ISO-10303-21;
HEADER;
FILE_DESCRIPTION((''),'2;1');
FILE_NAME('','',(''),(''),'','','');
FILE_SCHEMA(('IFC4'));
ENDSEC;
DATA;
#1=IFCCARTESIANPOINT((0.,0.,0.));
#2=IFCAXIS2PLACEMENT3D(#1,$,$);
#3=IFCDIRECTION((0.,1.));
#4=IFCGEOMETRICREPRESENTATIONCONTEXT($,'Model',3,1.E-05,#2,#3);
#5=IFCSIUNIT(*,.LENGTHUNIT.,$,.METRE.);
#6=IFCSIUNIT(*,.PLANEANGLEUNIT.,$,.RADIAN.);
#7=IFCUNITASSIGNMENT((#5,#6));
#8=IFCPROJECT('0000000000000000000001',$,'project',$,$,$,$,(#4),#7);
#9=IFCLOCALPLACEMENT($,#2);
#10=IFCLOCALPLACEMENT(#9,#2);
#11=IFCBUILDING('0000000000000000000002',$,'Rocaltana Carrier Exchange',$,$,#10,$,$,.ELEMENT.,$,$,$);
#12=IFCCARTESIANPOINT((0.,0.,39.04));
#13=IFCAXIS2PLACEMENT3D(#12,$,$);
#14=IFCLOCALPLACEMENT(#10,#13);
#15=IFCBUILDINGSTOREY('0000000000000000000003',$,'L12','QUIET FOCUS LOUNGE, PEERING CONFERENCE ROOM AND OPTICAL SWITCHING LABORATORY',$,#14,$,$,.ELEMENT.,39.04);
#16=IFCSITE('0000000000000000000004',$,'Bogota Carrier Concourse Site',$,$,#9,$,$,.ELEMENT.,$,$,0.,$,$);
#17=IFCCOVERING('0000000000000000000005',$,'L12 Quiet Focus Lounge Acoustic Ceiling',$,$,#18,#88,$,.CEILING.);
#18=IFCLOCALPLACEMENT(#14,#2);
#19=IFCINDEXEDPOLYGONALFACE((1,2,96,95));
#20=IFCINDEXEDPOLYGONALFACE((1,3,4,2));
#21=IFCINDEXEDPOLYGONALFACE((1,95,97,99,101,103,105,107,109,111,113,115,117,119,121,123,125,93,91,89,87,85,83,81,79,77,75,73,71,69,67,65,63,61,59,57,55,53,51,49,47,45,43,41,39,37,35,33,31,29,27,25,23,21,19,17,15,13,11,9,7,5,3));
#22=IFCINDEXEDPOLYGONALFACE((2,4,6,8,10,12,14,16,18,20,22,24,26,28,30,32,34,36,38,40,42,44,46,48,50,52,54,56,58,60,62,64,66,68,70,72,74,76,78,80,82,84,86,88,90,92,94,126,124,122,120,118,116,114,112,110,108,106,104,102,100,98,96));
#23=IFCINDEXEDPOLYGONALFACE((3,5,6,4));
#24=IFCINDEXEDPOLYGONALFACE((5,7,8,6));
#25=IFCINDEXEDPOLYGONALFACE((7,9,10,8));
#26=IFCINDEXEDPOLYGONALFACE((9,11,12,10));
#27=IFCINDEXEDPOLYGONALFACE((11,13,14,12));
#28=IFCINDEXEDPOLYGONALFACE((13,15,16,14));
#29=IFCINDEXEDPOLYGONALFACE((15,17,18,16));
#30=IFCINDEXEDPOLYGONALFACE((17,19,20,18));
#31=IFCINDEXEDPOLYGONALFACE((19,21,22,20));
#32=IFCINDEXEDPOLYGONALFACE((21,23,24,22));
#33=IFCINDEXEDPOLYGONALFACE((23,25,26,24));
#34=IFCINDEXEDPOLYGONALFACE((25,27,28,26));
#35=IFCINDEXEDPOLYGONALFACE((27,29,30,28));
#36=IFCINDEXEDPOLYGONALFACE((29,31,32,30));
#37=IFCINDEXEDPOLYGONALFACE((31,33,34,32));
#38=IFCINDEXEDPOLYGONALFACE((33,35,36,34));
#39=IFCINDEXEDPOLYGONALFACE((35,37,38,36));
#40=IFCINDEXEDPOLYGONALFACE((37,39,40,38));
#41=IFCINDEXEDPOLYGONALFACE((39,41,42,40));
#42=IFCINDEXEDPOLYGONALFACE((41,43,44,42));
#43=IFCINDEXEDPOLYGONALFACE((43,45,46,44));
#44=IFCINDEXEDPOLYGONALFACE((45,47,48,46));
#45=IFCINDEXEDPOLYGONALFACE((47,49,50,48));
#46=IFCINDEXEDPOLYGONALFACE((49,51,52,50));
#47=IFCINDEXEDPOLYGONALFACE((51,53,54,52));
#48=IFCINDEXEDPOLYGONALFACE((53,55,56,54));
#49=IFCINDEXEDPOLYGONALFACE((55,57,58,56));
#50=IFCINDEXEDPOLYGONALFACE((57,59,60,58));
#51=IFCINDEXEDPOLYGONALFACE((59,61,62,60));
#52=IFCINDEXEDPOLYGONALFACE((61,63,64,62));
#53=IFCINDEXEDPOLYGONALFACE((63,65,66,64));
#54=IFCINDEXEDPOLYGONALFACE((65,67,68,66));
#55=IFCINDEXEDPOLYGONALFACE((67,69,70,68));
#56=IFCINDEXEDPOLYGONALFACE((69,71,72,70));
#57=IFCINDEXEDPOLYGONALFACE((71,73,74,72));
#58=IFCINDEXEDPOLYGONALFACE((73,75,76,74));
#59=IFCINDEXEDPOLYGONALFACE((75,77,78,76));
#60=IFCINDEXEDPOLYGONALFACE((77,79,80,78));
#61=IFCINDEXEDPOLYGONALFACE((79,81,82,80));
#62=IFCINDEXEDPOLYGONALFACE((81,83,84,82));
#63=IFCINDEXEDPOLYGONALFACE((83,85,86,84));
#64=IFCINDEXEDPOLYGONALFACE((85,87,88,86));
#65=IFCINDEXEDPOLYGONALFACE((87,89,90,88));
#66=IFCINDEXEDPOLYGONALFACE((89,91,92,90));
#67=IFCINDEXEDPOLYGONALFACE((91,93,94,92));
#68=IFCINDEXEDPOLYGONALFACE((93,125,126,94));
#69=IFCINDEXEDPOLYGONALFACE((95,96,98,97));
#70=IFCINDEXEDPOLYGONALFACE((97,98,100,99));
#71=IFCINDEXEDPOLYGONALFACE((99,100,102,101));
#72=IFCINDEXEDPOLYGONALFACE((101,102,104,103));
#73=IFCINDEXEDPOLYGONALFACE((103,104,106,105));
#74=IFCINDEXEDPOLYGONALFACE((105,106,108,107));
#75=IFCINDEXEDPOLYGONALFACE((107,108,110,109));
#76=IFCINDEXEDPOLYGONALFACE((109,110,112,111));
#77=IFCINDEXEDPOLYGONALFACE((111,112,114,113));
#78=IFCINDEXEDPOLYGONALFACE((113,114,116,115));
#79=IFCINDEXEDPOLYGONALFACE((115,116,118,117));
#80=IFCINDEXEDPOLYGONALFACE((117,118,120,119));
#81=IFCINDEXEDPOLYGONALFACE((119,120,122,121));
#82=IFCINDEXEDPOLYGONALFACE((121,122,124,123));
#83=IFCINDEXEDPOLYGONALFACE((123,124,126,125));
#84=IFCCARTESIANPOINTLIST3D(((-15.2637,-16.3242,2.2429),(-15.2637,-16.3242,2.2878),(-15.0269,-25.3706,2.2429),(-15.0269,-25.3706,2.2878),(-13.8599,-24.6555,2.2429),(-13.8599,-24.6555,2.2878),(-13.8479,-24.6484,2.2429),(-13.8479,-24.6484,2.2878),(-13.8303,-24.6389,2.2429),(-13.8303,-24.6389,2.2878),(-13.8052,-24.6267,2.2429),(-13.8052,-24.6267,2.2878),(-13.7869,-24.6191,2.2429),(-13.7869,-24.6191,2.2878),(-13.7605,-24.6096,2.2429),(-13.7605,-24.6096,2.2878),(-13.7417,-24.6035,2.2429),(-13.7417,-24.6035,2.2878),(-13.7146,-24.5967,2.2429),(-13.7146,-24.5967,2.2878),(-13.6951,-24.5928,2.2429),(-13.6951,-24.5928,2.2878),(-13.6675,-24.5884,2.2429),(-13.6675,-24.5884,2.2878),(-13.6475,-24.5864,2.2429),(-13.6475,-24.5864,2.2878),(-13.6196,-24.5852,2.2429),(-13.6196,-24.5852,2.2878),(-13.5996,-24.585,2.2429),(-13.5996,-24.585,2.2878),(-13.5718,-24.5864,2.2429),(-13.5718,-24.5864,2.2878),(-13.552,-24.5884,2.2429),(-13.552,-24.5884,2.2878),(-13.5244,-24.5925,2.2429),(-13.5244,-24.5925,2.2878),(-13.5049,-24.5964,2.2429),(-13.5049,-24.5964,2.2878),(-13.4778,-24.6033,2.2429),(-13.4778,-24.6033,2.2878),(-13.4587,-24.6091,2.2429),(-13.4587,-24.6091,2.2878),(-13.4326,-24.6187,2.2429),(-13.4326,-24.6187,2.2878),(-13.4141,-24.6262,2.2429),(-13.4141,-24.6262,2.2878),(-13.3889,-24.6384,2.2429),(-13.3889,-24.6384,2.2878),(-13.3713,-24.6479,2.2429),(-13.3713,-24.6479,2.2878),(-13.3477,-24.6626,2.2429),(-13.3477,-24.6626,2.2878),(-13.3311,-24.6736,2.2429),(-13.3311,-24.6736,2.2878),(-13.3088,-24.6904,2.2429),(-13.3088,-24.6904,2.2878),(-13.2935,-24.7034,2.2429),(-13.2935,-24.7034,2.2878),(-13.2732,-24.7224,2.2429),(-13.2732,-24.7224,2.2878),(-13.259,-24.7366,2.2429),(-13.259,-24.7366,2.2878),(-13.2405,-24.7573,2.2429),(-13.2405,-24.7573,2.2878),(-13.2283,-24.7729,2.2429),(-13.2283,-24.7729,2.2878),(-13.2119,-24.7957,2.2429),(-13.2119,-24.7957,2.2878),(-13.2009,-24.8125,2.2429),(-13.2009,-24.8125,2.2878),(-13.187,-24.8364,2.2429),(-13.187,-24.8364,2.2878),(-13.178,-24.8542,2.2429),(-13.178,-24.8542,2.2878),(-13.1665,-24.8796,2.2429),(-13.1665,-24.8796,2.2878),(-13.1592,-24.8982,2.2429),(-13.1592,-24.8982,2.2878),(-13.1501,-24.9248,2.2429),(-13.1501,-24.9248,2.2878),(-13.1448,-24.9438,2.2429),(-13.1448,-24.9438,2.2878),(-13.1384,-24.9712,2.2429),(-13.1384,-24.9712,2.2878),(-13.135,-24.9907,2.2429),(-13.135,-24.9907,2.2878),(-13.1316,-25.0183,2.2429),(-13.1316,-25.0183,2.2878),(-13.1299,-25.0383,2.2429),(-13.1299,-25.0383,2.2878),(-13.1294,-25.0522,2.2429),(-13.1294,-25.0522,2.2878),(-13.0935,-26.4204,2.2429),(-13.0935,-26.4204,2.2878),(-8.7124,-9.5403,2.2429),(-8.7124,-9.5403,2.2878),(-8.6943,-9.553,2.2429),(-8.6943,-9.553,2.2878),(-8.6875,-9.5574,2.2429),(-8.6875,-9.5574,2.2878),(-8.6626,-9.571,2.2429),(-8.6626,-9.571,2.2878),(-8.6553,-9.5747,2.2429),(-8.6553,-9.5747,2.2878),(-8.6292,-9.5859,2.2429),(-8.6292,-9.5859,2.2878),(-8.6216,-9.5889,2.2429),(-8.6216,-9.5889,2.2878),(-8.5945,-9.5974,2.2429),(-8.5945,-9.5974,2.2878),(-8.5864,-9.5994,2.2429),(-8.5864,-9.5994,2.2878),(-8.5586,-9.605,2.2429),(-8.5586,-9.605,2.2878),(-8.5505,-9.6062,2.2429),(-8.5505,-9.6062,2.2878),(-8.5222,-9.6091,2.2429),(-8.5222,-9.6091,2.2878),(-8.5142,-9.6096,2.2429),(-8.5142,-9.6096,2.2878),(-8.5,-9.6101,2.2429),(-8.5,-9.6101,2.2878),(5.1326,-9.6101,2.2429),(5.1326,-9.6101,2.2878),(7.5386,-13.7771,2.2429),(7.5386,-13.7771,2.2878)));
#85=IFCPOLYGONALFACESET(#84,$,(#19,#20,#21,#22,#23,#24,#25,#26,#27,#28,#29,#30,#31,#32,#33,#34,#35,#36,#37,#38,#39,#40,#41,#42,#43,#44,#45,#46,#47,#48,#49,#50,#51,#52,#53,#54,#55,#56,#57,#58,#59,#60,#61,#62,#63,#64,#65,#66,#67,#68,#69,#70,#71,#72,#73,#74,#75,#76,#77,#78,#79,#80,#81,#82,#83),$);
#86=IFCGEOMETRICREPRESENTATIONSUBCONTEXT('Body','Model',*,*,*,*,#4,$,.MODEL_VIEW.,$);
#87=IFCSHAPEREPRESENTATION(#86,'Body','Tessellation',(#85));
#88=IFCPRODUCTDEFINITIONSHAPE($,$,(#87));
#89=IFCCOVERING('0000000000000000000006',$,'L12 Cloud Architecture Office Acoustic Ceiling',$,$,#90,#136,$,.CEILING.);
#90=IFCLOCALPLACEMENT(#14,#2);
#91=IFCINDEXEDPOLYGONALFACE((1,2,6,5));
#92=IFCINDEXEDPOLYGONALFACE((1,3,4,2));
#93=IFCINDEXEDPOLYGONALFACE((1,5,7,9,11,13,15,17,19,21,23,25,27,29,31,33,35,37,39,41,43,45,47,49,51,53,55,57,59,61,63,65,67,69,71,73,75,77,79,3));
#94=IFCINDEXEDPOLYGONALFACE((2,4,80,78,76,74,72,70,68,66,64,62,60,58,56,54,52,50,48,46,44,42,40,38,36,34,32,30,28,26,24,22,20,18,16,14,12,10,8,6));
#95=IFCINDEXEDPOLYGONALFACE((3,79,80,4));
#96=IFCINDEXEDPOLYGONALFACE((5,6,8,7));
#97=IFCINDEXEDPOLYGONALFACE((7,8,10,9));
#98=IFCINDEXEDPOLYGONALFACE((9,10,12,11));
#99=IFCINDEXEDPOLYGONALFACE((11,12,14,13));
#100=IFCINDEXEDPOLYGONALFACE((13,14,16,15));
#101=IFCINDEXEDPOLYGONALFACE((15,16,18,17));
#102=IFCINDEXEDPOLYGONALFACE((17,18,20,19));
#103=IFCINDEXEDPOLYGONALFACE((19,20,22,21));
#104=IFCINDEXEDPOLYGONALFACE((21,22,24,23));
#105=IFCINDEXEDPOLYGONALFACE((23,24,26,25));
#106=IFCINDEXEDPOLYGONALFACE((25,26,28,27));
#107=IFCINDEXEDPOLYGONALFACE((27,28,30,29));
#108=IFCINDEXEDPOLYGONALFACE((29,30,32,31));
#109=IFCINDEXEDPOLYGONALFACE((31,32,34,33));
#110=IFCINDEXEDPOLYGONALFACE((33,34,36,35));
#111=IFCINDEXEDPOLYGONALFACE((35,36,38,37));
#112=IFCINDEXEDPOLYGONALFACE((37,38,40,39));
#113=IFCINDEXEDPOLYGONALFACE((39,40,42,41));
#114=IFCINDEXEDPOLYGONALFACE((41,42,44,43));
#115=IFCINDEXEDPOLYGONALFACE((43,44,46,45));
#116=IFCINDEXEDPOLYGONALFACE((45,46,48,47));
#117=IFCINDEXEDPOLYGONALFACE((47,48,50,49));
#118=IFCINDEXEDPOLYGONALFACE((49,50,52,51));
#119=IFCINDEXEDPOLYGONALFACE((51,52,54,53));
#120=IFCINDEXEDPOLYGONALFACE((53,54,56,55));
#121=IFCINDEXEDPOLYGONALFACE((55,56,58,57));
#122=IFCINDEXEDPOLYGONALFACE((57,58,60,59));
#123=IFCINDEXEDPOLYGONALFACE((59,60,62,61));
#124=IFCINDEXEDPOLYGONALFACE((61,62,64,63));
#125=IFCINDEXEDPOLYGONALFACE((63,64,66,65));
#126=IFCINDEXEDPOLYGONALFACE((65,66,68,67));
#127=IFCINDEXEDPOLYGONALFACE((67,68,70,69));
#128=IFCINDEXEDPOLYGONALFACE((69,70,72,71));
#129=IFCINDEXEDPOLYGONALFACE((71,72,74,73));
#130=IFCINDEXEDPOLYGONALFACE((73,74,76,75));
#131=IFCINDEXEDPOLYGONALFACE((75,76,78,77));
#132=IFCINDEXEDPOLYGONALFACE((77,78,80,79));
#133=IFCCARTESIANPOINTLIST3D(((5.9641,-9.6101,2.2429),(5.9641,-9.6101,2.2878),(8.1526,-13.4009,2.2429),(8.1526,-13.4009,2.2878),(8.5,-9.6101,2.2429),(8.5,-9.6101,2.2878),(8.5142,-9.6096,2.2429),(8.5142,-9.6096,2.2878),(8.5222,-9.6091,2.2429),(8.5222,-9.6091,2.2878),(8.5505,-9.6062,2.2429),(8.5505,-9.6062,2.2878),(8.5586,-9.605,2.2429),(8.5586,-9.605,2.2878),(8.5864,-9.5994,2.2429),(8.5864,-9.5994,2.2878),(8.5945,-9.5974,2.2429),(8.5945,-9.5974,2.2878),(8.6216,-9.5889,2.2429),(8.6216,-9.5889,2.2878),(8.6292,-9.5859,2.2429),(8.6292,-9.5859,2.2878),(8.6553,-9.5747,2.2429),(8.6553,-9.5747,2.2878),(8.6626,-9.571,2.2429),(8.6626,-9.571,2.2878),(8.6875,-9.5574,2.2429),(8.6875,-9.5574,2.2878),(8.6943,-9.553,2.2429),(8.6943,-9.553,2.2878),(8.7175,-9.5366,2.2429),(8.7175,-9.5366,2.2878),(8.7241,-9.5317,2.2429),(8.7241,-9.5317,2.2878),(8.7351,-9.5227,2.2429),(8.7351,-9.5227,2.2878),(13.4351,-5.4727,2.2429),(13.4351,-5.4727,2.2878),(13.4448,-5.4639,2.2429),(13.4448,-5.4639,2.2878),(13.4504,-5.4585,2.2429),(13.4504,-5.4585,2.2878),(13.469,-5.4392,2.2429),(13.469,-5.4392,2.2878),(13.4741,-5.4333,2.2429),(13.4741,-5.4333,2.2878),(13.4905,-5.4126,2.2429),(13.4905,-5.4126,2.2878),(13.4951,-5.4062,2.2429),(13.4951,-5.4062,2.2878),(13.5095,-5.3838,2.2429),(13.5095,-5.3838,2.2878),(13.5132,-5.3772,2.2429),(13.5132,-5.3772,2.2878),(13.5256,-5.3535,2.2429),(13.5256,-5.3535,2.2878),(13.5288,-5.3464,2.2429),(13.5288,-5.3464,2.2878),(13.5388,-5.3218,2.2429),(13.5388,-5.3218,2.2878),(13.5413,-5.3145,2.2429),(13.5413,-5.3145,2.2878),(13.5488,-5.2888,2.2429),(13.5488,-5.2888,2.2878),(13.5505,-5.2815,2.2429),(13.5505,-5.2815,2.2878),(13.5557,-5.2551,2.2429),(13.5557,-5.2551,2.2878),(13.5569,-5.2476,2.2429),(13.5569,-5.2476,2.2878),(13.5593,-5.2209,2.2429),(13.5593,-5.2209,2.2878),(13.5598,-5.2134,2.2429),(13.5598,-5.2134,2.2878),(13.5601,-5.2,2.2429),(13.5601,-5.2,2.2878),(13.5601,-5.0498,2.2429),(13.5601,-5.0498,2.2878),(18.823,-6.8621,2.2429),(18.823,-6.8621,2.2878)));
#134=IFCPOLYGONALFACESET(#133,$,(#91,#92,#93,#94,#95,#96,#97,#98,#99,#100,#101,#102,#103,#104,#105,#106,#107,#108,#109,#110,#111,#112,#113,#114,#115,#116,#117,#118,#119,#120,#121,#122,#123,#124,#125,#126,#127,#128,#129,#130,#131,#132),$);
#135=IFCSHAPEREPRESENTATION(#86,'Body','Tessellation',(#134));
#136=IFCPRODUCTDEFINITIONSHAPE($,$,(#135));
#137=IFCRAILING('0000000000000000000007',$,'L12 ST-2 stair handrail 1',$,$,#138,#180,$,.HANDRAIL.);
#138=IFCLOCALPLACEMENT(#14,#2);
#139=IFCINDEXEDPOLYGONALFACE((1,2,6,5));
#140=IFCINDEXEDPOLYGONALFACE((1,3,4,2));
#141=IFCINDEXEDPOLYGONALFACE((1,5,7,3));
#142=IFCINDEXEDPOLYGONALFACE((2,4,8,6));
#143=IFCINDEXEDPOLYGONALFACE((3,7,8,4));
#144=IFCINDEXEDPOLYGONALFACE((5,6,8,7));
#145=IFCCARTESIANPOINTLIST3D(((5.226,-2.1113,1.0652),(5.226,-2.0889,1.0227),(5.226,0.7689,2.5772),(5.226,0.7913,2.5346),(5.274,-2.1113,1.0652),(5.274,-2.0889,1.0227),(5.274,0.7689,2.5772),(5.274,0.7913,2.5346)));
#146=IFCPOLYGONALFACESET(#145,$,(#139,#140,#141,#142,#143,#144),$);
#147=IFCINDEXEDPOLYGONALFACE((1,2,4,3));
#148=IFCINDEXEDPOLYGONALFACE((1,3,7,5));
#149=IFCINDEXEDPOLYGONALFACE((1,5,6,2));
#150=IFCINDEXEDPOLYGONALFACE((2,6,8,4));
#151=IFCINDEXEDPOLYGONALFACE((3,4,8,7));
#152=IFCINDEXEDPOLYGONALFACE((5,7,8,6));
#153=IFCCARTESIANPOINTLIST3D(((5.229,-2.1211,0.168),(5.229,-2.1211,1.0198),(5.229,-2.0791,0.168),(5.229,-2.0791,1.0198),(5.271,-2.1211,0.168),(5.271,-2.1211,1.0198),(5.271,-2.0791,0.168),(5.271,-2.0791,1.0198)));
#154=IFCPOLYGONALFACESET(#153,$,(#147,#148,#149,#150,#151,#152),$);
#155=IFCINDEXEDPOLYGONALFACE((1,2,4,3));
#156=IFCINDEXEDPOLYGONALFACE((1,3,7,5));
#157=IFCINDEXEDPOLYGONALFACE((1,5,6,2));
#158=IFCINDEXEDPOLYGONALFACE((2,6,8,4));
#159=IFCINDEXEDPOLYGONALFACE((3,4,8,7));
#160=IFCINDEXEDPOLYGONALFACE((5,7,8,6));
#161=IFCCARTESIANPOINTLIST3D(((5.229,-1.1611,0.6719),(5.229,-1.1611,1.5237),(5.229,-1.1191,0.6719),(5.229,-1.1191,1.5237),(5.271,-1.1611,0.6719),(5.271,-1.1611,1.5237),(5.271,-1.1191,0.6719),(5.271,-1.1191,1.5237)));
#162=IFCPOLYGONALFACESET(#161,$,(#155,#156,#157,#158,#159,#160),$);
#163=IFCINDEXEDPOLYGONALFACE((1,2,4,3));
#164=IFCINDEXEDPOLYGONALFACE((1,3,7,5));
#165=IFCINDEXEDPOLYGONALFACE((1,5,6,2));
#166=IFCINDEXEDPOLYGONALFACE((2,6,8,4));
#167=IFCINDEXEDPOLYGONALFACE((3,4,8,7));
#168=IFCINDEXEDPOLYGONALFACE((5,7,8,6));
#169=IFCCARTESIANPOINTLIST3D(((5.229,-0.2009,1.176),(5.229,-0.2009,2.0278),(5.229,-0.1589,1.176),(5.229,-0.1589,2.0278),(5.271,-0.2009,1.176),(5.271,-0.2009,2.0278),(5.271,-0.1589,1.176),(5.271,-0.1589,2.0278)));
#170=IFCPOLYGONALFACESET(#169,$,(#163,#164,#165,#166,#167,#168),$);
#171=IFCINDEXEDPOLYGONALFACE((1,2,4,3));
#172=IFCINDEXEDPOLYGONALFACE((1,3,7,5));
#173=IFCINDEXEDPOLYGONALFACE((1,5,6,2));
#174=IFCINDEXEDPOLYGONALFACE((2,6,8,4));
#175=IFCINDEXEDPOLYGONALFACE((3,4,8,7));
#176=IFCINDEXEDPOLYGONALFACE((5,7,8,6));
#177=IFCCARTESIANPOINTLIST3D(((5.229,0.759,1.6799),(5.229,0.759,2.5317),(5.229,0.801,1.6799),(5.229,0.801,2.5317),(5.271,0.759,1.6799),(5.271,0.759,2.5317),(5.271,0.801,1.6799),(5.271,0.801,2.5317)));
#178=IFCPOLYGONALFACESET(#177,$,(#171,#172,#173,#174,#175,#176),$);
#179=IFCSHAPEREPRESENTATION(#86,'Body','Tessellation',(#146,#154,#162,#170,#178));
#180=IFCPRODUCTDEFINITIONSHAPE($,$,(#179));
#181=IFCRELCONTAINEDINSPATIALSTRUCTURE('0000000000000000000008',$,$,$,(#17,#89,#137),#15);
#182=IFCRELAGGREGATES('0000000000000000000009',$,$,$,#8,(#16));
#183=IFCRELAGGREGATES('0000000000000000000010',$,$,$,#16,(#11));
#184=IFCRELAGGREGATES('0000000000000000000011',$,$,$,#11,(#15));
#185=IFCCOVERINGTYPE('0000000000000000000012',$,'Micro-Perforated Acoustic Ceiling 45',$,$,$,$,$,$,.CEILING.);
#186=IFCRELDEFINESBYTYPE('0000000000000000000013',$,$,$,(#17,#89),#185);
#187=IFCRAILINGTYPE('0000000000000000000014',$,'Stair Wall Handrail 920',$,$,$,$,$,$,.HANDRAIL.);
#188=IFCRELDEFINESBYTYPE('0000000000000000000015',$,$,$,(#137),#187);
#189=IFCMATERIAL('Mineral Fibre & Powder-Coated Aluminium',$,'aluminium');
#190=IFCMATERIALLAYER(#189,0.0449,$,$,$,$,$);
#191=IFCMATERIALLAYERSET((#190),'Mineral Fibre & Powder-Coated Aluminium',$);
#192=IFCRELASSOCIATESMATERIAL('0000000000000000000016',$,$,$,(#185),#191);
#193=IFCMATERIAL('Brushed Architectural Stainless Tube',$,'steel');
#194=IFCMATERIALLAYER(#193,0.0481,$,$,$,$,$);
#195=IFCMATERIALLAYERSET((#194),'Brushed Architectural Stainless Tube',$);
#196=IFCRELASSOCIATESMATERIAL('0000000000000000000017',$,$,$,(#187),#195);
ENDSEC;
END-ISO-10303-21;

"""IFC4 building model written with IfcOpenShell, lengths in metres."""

from ifc_helpers import new_model, si_unit, direction, frame, origin, origin_2d, place, context, subcontext, project, spatial, polyline, rectangle, outline, extrude, material, layer, layer_set, type_object, element, save


model = new_model("IFC4")

# Units and contexts
model_context = context("Model", 3, precision=1e-05, world=origin(), true_north=direction((0.0, 1.0)))
body_context = subcontext(model_context, "Body", "Model", "MODEL_VIEW")
ifc_project = project(units=[si_unit("LENGTHUNIT", "METRE"), si_unit("PLANEANGLEUNIT", "RADIAN")], contexts=[model_context])

# Site, building, storey
site_placement = place(None, origin())
site = spatial("IfcSite", under=ifc_project, at=site_placement, Name="Bogota Carrier Concourse Site", CompositionType="ELEMENT", RefElevation=0.0)
building_placement = place(site_placement, origin())
building = spatial("IfcBuilding", under=site, at=building_placement, Name="Rocaltana Carrier Exchange", CompositionType="ELEMENT")
storey_placement = place(building_placement, frame((0.0, 0.0, 39.04)))
storey = spatial("IfcBuildingStorey", under=building, at=storey_placement, Name="L12", Description="QUIET FOCUS LOUNGE, PEERING CONFERENCE ROOM AND OPTICAL SWITCHING LABORATORY", CompositionType="ELEMENT", Elevation=39.04)

# Coverings
ifc_material_1 = material(Name="Mineral Fibre & Powder-Coated Aluminium", Category="aluminium")
ifc_layer_1 = layer(ifc_material_1, 0.0449)
ifc_layer_set_1 = layer_set([ifc_layer_1], Name="Mineral Fibre & Powder-Coated Aluminium")
covering_type_1 = type_object("IfcCoveringType", Name="Micro-Perforated Acoustic Ceiling 45", PredefinedType="CEILING", material=ifc_layer_set_1)
covering_1_placement = place(storey_placement, frame((0.0, 0.0, 2.2429)))
element("IfcCovering", 1, at=covering_1_placement, inside=storey, type_object=covering_type_1, Name="L12 Quiet Focus Lounge Acoustic Ceiling", PredefinedType="CEILING", context=body_context, shape_type="SweptSolid", body=[
    extrude(outline(polyline([(-13.1294, -25.0522), (-13.1299, -25.0383), (-13.1316, -25.0183), (-13.135, -24.9907), (-13.1384, -24.9712), (-13.1448, -24.9438), (-13.1501, -24.9248), (-13.1592, -24.8982), (-13.1665, -24.8796), (-13.178, -24.8542), (-13.187, -24.8364), (-13.2009, -24.8125), (-13.2119, -24.7957), (-13.2283, -24.7729), (-13.2405, -24.7573), (-13.259, -24.7366), (-13.2732, -24.7224), (-13.2935, -24.7034), (-13.3088, -24.6904), (-13.3311, -24.6736), (-13.3477, -24.6626), (-13.3713, -24.6479), (-13.3889, -24.6384), (-13.4141, -24.6262), (-13.4326, -24.6187), (-13.4587, -24.6091), (-13.4778, -24.6033), (-13.5049, -24.5964), (-13.5244, -24.5925), (-13.552, -24.5884), (-13.5718, -24.5864), (-13.5996, -24.585), (-13.6196, -24.5852), (-13.6475, -24.5864), (-13.6675, -24.5884), (-13.6951, -24.5928), (-13.7146, -24.5967), (-13.7417, -24.6035), (-13.7605, -24.6096), (-13.7869, -24.6191), (-13.8052, -24.6267), (-13.8303, -24.6389), (-13.8479, -24.6484), (-13.8599, -24.6555), (-15.0269, -25.3706), (-15.2637, -16.3242), (-8.7124, -9.5403), (-8.6943, -9.553), (-8.6875, -9.5574), (-8.6626, -9.571), (-8.6553, -9.5747), (-8.6292, -9.5859), (-8.6216, -9.5889), (-8.5945, -9.5974), (-8.5864, -9.5994), (-8.5586, -9.605), (-8.5505, -9.6062), (-8.5222, -9.6091), (-8.5142, -9.6096), (-8.5, -9.6101), (5.1326, -9.6101), (7.5386, -13.7771), (-13.0935, -26.4204), (-13.1294, -25.0522)])), origin(), (0.0, 0.0, 1.0), 0.0449),
])
covering_2_placement = place(storey_placement, frame((0.0, 0.0, 2.2429)))
element("IfcCovering", 2, at=covering_2_placement, inside=storey, type_object=covering_type_1, Name="L12 Cloud Architecture Office Acoustic Ceiling", PredefinedType="CEILING", context=body_context, shape_type="SweptSolid", body=[
    extrude(outline(polyline([(8.1526, -13.4009), (5.9641, -9.6101), (8.5, -9.6101), (8.5142, -9.6096), (8.5222, -9.6091), (8.5505, -9.6062), (8.5586, -9.605), (8.5864, -9.5994), (8.5945, -9.5974), (8.6216, -9.5889), (8.6292, -9.5859), (8.6553, -9.5747), (8.6626, -9.571), (8.6875, -9.5574), (8.6943, -9.553), (8.7175, -9.5366), (8.7241, -9.5317), (8.7351, -9.5227), (13.4351, -5.4727), (13.4448, -5.4639), (13.4504, -5.4585), (13.469, -5.4392), (13.4741, -5.4333), (13.4905, -5.4126), (13.4951, -5.4062), (13.5095, -5.3838), (13.5132, -5.3772), (13.5256, -5.3535), (13.5288, -5.3464), (13.5388, -5.3218), (13.5413, -5.3145), (13.5488, -5.2888), (13.5505, -5.2815), (13.5557, -5.2551), (13.5569, -5.2476), (13.5593, -5.2209), (13.5598, -5.2134), (13.5601, -5.2), (13.5601, -5.0498), (18.823, -6.8621), (8.1526, -13.4009)])), origin(), (0.0, 0.0, 1.0), 0.0449),
])

# Railing
ifc_material_2 = material(Name="Brushed Architectural Stainless Tube", Category="steel")
ifc_layer_2 = layer(ifc_material_2, 0.0481)
ifc_layer_set_2 = layer_set([ifc_layer_2], Name="Brushed Architectural Stainless Tube")
railing_type_1 = type_object("IfcRailingType", Name="Stair Wall Handrail 920", PredefinedType="HANDRAIL", material=ifc_layer_set_2)
railing_1_placement = place(storey_placement, frame((5.25, -2.1001, 0.168)))
element("IfcRailing", 3, at=railing_1_placement, inside=storey, type_object=railing_type_1, Name="L12 ST-2 stair handrail 1", PredefinedType="HANDRAIL", context=body_context, shape_type="SweptSolid", body=[
    extrude(rectangle(XDim=0.0481, YDim=0.0481, at=origin_2d()), frame((0.0, 0.0, 0.876), z_axis=(0.0, 0.885411, 0.464809), x_axis=(-1.0, 0.0, 0.0)), (0.0, 0.0, 1.0), 3.2529),
    extrude(rectangle(XDim=0.042, YDim=0.042, at=origin_2d()), origin(), (0.0, 0.0, 1.0), 0.8518),
    extrude(rectangle(XDim=0.042, YDim=0.042, at=origin_2d()), frame((0.0, 0.96, 0.5039)), (0.0, 0.0, 1.0), 0.8518),
    extrude(rectangle(XDim=0.042, YDim=0.042, at=origin_2d()), frame((0.0, 1.9202, 1.0081)), (0.0, 0.0, 1.0), 0.8518),
    extrude(rectangle(XDim=0.042, YDim=0.042, at=origin_2d()), frame((0.0, 2.8801, 1.512)), (0.0, 0.0, 1.0), 0.8518),
])

save(model, "model.ifc")
